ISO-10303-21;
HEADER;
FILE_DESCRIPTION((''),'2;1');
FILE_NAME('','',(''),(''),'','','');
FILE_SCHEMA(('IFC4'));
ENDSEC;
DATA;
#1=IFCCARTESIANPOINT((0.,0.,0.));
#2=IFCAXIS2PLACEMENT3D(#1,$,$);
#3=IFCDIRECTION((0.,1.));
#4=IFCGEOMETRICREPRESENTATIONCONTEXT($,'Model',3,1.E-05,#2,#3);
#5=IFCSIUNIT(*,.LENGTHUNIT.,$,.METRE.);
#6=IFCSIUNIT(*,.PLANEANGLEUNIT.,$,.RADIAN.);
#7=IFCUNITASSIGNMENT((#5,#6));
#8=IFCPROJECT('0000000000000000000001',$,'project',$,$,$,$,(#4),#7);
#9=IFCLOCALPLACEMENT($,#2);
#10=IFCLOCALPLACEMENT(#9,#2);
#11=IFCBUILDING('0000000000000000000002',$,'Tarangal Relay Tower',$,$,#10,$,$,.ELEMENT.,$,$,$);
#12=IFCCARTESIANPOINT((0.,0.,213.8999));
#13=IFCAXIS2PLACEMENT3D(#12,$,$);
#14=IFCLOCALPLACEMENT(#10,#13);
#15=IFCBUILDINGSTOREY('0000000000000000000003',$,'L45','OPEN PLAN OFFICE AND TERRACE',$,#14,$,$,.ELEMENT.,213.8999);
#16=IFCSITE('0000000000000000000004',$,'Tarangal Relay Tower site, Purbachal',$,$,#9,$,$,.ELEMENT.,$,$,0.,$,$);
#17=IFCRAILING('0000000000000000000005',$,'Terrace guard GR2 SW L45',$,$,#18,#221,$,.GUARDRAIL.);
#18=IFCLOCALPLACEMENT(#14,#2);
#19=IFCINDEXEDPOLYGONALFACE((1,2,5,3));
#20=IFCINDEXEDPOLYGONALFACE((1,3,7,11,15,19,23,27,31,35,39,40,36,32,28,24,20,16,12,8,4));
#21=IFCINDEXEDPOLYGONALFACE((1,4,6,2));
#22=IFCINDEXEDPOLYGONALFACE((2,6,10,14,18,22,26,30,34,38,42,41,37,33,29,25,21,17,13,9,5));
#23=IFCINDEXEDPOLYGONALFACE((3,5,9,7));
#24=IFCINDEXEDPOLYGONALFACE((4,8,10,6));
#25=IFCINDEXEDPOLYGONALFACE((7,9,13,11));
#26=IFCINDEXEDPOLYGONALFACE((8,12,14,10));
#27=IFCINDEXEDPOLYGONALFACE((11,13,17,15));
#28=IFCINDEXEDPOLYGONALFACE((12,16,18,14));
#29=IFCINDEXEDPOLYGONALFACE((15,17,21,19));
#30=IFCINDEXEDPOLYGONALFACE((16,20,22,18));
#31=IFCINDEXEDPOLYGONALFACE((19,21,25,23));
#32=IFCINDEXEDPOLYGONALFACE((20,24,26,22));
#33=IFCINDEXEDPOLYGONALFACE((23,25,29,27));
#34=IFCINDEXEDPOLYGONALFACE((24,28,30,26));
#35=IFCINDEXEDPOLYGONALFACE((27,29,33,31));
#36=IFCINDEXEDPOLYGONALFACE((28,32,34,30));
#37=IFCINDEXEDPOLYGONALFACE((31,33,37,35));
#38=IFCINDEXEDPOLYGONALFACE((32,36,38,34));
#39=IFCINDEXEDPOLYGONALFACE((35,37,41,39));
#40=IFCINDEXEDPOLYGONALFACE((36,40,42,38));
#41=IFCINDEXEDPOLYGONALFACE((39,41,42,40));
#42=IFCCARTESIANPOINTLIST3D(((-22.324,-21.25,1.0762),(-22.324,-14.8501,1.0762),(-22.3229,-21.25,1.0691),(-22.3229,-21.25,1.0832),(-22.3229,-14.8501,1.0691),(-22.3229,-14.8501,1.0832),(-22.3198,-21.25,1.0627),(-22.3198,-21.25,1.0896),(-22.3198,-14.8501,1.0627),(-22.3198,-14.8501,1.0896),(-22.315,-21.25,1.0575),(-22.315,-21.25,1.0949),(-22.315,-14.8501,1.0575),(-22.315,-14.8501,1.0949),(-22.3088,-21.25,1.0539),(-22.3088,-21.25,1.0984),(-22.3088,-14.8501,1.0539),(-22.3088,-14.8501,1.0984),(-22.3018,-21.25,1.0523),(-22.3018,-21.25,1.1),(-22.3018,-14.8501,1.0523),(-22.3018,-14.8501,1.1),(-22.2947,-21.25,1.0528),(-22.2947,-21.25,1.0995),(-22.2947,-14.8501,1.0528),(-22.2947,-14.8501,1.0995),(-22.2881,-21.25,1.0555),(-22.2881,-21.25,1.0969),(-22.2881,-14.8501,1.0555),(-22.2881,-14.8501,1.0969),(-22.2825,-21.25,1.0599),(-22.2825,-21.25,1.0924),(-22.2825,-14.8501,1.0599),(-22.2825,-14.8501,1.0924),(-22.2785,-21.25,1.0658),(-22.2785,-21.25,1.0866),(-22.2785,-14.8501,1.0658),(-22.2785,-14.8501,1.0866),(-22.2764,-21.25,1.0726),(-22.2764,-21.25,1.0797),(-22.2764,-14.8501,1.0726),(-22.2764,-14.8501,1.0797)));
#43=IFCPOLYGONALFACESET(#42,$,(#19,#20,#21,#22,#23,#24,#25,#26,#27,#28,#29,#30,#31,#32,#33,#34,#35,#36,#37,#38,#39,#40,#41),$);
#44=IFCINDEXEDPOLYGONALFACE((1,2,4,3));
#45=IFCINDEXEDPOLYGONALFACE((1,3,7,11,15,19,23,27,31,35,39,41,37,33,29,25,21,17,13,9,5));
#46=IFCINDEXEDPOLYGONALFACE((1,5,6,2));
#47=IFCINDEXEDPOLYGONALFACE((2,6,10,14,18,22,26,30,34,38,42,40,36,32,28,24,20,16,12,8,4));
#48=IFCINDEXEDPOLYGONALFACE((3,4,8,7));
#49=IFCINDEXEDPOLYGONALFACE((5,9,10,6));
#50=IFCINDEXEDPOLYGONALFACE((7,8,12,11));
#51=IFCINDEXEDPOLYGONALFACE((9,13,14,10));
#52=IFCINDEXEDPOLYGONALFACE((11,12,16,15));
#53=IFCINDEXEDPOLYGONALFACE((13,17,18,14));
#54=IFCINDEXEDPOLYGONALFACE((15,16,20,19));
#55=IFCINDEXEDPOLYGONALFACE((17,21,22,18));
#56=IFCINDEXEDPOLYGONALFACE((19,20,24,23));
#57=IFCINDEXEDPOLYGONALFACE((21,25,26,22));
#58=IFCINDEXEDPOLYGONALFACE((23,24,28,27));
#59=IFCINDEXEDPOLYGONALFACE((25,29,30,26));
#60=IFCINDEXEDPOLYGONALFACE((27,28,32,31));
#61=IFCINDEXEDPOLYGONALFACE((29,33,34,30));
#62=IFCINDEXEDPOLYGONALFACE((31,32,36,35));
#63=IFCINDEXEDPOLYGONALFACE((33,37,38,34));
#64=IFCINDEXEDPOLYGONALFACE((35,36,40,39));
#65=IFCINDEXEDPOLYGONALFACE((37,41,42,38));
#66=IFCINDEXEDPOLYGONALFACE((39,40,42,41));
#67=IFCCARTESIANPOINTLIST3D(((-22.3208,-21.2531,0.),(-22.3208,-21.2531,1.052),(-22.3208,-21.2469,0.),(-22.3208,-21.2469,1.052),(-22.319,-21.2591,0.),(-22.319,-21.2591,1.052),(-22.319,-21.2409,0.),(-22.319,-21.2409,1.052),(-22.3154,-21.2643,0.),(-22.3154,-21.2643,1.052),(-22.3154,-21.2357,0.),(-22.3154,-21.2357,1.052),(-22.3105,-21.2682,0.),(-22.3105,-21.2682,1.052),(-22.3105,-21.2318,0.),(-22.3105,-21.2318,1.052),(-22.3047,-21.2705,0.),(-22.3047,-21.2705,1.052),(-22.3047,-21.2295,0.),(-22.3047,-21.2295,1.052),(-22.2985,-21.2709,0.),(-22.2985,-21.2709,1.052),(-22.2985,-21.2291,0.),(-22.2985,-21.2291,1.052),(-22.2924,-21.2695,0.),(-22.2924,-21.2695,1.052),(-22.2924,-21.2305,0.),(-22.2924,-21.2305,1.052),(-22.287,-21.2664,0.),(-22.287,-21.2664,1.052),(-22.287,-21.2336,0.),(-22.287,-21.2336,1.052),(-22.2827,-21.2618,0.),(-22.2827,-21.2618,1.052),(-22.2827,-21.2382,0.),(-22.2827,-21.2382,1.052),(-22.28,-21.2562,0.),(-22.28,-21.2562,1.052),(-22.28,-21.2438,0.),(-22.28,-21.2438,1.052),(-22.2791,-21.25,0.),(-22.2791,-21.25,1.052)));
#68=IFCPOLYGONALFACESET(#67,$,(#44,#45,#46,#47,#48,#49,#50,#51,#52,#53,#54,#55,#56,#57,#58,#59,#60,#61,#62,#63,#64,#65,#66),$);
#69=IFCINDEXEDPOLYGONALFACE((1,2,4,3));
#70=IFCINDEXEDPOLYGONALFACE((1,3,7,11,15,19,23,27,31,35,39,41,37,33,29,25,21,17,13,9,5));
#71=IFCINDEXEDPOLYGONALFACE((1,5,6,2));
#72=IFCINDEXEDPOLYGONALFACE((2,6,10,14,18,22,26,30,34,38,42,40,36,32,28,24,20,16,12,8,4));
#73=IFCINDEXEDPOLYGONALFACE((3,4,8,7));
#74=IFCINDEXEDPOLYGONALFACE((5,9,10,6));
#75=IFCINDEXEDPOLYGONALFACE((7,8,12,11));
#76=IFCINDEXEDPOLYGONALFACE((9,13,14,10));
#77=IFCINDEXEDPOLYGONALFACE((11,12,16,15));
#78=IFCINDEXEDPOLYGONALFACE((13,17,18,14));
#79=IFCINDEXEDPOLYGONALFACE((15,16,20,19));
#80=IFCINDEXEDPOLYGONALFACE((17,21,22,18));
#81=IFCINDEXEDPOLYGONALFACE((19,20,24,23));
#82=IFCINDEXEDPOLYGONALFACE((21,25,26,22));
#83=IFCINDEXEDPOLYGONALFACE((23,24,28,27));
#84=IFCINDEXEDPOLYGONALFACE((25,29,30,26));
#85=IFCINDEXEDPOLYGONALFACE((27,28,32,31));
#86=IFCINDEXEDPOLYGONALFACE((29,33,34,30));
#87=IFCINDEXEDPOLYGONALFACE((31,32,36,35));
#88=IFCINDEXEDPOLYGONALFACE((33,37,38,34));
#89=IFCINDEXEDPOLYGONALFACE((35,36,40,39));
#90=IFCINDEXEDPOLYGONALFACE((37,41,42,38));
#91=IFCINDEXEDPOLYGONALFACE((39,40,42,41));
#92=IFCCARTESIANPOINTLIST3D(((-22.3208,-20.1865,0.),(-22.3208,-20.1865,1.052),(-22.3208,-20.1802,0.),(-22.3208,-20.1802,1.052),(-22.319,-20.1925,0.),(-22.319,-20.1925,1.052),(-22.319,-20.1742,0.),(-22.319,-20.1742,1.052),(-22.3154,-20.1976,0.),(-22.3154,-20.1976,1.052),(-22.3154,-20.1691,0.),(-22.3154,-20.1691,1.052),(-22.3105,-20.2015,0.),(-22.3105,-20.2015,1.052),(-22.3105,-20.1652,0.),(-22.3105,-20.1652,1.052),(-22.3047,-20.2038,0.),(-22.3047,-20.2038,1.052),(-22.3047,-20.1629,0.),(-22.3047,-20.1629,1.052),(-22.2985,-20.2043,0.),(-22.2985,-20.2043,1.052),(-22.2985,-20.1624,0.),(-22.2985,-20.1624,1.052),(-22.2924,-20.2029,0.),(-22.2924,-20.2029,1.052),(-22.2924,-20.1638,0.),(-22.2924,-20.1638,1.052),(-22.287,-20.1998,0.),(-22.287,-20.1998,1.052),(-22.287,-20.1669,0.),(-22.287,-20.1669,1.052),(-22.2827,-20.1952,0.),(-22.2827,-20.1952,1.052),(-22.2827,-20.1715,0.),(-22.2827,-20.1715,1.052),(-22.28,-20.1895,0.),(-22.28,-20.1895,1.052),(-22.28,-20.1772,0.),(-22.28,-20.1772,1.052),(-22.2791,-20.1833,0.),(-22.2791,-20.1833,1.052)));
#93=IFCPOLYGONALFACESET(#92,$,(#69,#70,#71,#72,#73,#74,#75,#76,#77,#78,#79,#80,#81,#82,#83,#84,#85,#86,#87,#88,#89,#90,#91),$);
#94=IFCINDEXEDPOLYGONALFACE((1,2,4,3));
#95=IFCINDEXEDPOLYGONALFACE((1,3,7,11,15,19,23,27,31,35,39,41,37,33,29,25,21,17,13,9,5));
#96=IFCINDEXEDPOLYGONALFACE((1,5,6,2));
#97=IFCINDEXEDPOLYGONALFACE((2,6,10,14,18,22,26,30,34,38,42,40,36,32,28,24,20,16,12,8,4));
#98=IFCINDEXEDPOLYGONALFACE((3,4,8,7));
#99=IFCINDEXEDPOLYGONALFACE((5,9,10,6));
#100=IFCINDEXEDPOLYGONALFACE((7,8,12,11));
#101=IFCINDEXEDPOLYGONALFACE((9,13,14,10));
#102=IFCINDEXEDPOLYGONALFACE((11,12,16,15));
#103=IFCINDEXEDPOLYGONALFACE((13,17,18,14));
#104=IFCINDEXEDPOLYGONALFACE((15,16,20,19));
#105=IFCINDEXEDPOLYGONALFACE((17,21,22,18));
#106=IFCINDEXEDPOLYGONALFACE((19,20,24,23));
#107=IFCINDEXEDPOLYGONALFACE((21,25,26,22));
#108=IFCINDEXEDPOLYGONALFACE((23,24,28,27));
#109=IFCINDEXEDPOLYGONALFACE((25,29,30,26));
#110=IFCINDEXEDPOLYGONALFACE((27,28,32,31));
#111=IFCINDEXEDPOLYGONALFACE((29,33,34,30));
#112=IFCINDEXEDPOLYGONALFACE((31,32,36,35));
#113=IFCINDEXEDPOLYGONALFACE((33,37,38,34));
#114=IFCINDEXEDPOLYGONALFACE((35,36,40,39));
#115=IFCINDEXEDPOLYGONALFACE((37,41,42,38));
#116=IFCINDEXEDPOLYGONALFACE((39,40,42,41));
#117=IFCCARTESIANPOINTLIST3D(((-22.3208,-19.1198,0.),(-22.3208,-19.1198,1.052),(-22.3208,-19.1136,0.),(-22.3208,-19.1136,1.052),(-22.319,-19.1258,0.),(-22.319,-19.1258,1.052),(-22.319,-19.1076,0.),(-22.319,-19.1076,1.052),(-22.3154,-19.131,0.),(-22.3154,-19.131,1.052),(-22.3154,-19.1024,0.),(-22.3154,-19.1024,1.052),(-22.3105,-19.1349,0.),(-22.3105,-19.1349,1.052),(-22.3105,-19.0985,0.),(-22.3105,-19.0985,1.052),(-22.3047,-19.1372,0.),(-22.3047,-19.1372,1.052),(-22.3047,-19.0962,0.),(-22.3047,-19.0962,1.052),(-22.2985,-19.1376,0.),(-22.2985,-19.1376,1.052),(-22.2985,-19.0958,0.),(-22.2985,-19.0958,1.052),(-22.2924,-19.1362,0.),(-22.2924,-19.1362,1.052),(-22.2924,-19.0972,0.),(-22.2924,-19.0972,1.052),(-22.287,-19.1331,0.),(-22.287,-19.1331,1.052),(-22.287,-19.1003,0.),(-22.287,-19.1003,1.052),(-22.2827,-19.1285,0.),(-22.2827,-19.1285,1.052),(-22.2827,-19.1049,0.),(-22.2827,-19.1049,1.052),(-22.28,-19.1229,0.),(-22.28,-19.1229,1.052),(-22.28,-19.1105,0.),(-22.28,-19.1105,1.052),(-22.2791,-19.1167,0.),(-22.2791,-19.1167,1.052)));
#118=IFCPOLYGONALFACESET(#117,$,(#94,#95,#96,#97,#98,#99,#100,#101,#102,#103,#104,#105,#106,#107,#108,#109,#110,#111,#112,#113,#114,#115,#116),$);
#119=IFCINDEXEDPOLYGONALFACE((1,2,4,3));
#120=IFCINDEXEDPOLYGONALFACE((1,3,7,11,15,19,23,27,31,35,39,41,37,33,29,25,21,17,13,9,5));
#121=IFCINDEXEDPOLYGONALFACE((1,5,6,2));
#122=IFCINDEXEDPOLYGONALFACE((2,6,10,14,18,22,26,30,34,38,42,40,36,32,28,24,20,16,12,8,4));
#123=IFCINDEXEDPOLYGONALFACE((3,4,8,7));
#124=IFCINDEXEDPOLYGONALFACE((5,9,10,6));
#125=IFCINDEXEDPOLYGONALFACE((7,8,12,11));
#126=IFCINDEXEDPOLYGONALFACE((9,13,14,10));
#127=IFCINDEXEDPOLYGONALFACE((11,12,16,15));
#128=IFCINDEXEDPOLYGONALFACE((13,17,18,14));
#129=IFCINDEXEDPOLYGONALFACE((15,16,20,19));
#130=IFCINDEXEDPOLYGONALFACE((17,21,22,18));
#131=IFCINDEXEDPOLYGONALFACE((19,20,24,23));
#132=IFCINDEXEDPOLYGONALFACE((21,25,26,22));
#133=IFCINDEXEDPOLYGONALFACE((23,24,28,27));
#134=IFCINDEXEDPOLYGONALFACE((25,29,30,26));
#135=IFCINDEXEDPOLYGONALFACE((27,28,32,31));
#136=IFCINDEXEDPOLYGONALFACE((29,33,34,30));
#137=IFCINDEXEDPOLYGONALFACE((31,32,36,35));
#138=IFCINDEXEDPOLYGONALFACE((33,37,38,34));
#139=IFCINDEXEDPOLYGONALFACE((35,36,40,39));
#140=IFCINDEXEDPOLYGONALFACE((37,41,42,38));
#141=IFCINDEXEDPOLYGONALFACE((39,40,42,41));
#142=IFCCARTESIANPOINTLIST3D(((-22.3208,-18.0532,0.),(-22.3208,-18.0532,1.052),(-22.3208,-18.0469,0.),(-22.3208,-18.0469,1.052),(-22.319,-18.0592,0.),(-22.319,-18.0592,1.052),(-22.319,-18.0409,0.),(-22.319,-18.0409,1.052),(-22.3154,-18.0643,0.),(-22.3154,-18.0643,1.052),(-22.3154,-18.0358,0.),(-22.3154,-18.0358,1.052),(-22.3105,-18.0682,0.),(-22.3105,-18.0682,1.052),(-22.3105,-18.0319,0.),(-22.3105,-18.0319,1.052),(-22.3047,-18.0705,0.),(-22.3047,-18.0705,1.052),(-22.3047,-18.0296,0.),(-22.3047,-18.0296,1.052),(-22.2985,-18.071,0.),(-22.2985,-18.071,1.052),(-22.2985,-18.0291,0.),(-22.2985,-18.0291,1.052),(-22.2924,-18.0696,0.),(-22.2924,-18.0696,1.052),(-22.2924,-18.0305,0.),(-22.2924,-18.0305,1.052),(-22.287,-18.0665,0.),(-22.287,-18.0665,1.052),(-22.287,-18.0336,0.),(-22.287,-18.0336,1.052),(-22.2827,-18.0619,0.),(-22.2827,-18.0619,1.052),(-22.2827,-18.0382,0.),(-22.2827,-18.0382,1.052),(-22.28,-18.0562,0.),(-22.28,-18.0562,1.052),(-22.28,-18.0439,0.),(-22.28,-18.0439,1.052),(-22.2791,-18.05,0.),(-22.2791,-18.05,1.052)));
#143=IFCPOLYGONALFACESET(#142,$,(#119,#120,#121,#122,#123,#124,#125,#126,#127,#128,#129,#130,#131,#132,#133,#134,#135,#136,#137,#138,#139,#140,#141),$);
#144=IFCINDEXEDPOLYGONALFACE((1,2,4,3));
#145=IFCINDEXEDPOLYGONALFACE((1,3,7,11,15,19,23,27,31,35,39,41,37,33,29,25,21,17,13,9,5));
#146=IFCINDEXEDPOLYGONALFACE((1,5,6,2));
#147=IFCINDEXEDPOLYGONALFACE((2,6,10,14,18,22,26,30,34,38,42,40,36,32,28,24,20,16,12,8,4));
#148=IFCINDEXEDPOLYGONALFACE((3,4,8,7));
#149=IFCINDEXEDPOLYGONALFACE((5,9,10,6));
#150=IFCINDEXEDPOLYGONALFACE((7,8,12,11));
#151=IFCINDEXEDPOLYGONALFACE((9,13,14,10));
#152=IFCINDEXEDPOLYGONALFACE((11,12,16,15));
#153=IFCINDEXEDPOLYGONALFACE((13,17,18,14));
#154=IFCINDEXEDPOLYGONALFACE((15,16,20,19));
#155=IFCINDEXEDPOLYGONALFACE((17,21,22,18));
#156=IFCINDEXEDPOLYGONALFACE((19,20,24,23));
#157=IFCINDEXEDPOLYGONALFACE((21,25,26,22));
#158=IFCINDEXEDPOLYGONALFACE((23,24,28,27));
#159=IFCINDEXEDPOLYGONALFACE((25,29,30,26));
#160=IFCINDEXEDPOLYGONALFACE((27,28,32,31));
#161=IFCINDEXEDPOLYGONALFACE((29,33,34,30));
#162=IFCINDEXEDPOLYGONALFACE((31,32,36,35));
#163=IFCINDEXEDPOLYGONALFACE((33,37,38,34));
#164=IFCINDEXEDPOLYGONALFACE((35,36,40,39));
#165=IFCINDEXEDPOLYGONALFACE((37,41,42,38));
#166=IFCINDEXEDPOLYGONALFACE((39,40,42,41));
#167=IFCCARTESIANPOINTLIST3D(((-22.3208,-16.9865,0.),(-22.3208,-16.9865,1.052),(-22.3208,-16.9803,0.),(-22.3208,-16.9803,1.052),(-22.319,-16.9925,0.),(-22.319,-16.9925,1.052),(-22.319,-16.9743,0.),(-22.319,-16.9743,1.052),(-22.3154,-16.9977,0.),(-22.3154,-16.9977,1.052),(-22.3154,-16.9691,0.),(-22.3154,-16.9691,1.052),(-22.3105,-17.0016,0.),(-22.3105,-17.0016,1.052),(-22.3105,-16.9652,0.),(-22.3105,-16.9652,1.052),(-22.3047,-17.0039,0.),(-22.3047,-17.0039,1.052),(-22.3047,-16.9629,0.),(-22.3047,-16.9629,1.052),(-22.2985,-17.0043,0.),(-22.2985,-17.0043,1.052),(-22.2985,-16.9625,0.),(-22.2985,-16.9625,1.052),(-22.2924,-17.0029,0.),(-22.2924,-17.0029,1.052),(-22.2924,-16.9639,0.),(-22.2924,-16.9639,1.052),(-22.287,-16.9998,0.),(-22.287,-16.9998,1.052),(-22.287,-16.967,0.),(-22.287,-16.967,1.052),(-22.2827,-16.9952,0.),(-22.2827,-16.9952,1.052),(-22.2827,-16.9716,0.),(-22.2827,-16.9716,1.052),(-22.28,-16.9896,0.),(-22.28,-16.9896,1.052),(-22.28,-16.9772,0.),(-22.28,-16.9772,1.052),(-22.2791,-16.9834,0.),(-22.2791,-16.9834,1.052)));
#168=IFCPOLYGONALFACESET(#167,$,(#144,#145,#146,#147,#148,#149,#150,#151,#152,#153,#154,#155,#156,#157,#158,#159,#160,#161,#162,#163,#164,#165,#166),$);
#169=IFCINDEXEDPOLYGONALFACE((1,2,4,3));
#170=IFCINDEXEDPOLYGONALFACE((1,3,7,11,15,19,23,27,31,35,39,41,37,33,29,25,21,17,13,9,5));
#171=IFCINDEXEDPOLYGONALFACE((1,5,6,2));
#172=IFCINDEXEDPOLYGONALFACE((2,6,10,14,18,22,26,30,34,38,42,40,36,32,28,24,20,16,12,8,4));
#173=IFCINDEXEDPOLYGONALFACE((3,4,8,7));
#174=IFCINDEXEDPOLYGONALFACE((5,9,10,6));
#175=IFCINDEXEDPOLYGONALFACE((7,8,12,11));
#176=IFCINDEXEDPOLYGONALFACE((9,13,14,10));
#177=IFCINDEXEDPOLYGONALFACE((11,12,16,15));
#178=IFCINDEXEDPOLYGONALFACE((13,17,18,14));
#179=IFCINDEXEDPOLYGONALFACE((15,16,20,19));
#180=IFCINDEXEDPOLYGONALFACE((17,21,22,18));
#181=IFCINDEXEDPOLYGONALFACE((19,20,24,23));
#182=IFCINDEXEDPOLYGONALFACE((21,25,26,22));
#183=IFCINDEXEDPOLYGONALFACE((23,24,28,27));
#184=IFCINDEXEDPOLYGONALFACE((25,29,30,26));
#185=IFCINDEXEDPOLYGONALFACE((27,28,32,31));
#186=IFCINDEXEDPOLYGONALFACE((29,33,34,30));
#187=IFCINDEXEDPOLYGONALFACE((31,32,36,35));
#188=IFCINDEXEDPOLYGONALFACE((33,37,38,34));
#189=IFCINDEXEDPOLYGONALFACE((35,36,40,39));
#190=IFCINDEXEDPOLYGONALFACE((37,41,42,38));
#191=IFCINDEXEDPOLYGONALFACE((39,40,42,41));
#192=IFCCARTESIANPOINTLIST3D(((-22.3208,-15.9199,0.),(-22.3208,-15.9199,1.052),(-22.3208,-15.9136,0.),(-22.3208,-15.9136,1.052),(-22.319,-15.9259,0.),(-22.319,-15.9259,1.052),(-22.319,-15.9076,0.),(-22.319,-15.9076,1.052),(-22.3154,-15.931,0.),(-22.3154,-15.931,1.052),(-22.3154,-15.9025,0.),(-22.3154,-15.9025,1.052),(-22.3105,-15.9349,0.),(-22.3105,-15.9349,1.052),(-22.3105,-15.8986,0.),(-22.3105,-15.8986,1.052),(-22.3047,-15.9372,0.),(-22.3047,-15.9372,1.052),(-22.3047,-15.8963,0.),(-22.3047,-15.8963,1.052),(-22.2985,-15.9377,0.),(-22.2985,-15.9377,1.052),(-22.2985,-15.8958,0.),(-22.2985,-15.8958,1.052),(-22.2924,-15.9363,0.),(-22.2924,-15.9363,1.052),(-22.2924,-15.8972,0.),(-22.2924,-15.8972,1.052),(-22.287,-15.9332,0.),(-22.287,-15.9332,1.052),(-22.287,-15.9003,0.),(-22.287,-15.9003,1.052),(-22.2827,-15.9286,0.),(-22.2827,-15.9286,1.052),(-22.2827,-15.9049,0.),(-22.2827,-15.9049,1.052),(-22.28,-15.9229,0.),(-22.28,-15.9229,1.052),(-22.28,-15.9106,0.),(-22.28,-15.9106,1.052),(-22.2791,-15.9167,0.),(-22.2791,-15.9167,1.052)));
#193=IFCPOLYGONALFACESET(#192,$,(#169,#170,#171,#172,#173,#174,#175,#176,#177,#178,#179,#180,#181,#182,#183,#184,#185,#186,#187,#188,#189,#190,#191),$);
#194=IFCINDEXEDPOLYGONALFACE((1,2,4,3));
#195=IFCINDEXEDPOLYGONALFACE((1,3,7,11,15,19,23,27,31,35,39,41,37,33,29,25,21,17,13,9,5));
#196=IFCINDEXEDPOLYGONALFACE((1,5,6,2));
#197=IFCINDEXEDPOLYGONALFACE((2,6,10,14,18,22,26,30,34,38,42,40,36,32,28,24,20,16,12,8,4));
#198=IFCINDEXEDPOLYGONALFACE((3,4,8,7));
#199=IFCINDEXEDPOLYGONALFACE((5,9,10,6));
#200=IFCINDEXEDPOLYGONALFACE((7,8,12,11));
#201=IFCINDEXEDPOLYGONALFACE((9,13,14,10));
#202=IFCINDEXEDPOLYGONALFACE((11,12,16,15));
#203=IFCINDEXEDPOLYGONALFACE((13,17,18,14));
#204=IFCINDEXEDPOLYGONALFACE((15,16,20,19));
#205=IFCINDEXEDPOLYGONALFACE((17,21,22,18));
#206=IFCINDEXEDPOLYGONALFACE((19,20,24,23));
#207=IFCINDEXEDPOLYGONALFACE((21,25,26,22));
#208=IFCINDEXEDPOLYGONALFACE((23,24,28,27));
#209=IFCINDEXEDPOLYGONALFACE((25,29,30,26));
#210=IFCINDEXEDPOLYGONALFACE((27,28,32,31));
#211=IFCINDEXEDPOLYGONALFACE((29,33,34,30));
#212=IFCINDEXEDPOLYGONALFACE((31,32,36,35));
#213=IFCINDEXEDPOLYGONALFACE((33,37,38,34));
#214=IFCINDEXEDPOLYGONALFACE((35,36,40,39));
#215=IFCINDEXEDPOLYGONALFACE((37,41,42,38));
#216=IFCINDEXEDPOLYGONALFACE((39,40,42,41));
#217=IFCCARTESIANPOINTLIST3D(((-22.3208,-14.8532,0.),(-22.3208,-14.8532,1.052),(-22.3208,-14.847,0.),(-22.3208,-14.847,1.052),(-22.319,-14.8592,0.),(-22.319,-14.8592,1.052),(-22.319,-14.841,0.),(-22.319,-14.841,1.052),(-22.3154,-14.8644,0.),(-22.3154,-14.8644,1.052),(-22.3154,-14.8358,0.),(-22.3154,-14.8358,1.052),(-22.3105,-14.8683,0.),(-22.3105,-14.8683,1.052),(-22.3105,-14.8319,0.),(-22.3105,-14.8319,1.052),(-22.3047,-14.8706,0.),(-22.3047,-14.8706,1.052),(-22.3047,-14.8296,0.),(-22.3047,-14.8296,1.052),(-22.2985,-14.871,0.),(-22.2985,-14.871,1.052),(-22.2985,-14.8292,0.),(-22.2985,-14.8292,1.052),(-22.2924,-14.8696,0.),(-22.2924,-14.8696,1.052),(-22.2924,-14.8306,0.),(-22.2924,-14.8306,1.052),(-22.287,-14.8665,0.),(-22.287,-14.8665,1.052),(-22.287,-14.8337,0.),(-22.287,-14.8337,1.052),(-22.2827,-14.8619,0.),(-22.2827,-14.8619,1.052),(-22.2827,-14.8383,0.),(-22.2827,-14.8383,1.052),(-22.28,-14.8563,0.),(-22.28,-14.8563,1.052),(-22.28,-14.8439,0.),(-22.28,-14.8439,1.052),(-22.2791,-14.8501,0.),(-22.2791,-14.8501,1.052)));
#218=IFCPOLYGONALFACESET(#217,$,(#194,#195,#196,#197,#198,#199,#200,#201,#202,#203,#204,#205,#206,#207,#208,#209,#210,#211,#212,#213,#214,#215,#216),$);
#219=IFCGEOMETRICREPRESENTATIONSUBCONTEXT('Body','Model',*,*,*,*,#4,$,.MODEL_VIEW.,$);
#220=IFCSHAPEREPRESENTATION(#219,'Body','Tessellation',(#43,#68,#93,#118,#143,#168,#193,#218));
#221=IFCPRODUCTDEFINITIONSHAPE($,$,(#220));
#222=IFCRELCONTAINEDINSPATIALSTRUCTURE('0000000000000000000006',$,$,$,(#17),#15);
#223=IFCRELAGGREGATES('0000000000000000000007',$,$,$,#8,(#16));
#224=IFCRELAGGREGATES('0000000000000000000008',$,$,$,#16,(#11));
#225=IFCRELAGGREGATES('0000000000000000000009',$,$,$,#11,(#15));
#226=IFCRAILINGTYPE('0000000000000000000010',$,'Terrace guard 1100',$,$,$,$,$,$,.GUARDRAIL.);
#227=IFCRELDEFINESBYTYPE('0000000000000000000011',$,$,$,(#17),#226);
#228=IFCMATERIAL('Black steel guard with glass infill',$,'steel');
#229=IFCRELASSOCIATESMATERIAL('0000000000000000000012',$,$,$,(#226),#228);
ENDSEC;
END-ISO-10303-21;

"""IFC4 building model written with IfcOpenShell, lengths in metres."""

from ifc_helpers import new_model, si_unit, direction, frame, origin, origin_2d, place, context, subcontext, project, spatial, circle, extrude, material, type_object, element, save


model = new_model("IFC4")

# Units and contexts
model_context = context("Model", 3, precision=1e-05, world=origin(), true_north=direction((0.0, 1.0)))
body_context = subcontext(model_context, "Body", "Model", "MODEL_VIEW")
ifc_project = project(units=[si_unit("LENGTHUNIT", "METRE"), si_unit("PLANEANGLEUNIT", "RADIAN")], contexts=[model_context])

# Site, building, storey
site_placement = place(None, origin())
site = spatial("IfcSite", under=ifc_project, at=site_placement, Name="Tarangal Relay Tower site, Purbachal", CompositionType="ELEMENT", RefElevation=0.0)
building_placement = place(site_placement, origin())
building = spatial("IfcBuilding", under=site, at=building_placement, Name="Tarangal Relay Tower", CompositionType="ELEMENT")
storey_placement = place(building_placement, frame((0.0, 0.0, 213.8999)))
storey = spatial("IfcBuildingStorey", under=building, at=storey_placement, Name="L45", Description="OPEN PLAN OFFICE AND TERRACE", CompositionType="ELEMENT", Elevation=213.8999)

# Railing
ifc_material_1 = material(Name="Black steel guard with glass infill", Category="steel")
railing_type = type_object("IfcRailingType", Name="Terrace guard 1100", PredefinedType="GUARDRAIL", material=ifc_material_1)
railing_1_placement = place(storey_placement, frame((-22.3, -21.25, 0.0)))
element("IfcRailing", 1, at=railing_1_placement, inside=storey, type_object=railing_type, Name="Terrace guard GR2 SW L45", PredefinedType="GUARDRAIL", context=body_context, shape_type="SweptSolid", body=[
    extrude(circle(Radius=0.0239, at=origin_2d()), frame((0.0, 0.0, 1.0762), z_axis=(0.0, 1.0, 0.0), x_axis=(-1.0, 0.0, 0.0)), (0.0, 0.0, 1.0), 6.3999),
    extrude(circle(Radius=0.021, at=origin_2d()), origin(), (0.0, 0.0, 1.0), 1.052),
    extrude(circle(Radius=0.021, at=origin_2d()), frame((0.0, 1.0667, 0.0)), (0.0, 0.0, 1.0), 1.052),
    extrude(circle(Radius=0.021, at=origin_2d()), frame((0.0, 2.1333, 0.0)), (0.0, 0.0, 1.0), 1.052),
    extrude(circle(Radius=0.021, at=origin_2d()), frame((0.0, 3.2, 0.0)), (0.0, 0.0, 1.0), 1.052),
    extrude(circle(Radius=0.021, at=origin_2d()), frame((0.0, 4.2666, 0.0)), (0.0, 0.0, 1.0), 1.052),
    extrude(circle(Radius=0.021, at=origin_2d()), frame((0.0, 5.3333, 0.0)), (0.0, 0.0, 1.0), 1.052),
    extrude(circle(Radius=0.021, at=origin_2d()), frame((0.0, 6.3999, 0.0)), (0.0, 0.0, 1.0), 1.052),
])

save(model, "model.ifc")
